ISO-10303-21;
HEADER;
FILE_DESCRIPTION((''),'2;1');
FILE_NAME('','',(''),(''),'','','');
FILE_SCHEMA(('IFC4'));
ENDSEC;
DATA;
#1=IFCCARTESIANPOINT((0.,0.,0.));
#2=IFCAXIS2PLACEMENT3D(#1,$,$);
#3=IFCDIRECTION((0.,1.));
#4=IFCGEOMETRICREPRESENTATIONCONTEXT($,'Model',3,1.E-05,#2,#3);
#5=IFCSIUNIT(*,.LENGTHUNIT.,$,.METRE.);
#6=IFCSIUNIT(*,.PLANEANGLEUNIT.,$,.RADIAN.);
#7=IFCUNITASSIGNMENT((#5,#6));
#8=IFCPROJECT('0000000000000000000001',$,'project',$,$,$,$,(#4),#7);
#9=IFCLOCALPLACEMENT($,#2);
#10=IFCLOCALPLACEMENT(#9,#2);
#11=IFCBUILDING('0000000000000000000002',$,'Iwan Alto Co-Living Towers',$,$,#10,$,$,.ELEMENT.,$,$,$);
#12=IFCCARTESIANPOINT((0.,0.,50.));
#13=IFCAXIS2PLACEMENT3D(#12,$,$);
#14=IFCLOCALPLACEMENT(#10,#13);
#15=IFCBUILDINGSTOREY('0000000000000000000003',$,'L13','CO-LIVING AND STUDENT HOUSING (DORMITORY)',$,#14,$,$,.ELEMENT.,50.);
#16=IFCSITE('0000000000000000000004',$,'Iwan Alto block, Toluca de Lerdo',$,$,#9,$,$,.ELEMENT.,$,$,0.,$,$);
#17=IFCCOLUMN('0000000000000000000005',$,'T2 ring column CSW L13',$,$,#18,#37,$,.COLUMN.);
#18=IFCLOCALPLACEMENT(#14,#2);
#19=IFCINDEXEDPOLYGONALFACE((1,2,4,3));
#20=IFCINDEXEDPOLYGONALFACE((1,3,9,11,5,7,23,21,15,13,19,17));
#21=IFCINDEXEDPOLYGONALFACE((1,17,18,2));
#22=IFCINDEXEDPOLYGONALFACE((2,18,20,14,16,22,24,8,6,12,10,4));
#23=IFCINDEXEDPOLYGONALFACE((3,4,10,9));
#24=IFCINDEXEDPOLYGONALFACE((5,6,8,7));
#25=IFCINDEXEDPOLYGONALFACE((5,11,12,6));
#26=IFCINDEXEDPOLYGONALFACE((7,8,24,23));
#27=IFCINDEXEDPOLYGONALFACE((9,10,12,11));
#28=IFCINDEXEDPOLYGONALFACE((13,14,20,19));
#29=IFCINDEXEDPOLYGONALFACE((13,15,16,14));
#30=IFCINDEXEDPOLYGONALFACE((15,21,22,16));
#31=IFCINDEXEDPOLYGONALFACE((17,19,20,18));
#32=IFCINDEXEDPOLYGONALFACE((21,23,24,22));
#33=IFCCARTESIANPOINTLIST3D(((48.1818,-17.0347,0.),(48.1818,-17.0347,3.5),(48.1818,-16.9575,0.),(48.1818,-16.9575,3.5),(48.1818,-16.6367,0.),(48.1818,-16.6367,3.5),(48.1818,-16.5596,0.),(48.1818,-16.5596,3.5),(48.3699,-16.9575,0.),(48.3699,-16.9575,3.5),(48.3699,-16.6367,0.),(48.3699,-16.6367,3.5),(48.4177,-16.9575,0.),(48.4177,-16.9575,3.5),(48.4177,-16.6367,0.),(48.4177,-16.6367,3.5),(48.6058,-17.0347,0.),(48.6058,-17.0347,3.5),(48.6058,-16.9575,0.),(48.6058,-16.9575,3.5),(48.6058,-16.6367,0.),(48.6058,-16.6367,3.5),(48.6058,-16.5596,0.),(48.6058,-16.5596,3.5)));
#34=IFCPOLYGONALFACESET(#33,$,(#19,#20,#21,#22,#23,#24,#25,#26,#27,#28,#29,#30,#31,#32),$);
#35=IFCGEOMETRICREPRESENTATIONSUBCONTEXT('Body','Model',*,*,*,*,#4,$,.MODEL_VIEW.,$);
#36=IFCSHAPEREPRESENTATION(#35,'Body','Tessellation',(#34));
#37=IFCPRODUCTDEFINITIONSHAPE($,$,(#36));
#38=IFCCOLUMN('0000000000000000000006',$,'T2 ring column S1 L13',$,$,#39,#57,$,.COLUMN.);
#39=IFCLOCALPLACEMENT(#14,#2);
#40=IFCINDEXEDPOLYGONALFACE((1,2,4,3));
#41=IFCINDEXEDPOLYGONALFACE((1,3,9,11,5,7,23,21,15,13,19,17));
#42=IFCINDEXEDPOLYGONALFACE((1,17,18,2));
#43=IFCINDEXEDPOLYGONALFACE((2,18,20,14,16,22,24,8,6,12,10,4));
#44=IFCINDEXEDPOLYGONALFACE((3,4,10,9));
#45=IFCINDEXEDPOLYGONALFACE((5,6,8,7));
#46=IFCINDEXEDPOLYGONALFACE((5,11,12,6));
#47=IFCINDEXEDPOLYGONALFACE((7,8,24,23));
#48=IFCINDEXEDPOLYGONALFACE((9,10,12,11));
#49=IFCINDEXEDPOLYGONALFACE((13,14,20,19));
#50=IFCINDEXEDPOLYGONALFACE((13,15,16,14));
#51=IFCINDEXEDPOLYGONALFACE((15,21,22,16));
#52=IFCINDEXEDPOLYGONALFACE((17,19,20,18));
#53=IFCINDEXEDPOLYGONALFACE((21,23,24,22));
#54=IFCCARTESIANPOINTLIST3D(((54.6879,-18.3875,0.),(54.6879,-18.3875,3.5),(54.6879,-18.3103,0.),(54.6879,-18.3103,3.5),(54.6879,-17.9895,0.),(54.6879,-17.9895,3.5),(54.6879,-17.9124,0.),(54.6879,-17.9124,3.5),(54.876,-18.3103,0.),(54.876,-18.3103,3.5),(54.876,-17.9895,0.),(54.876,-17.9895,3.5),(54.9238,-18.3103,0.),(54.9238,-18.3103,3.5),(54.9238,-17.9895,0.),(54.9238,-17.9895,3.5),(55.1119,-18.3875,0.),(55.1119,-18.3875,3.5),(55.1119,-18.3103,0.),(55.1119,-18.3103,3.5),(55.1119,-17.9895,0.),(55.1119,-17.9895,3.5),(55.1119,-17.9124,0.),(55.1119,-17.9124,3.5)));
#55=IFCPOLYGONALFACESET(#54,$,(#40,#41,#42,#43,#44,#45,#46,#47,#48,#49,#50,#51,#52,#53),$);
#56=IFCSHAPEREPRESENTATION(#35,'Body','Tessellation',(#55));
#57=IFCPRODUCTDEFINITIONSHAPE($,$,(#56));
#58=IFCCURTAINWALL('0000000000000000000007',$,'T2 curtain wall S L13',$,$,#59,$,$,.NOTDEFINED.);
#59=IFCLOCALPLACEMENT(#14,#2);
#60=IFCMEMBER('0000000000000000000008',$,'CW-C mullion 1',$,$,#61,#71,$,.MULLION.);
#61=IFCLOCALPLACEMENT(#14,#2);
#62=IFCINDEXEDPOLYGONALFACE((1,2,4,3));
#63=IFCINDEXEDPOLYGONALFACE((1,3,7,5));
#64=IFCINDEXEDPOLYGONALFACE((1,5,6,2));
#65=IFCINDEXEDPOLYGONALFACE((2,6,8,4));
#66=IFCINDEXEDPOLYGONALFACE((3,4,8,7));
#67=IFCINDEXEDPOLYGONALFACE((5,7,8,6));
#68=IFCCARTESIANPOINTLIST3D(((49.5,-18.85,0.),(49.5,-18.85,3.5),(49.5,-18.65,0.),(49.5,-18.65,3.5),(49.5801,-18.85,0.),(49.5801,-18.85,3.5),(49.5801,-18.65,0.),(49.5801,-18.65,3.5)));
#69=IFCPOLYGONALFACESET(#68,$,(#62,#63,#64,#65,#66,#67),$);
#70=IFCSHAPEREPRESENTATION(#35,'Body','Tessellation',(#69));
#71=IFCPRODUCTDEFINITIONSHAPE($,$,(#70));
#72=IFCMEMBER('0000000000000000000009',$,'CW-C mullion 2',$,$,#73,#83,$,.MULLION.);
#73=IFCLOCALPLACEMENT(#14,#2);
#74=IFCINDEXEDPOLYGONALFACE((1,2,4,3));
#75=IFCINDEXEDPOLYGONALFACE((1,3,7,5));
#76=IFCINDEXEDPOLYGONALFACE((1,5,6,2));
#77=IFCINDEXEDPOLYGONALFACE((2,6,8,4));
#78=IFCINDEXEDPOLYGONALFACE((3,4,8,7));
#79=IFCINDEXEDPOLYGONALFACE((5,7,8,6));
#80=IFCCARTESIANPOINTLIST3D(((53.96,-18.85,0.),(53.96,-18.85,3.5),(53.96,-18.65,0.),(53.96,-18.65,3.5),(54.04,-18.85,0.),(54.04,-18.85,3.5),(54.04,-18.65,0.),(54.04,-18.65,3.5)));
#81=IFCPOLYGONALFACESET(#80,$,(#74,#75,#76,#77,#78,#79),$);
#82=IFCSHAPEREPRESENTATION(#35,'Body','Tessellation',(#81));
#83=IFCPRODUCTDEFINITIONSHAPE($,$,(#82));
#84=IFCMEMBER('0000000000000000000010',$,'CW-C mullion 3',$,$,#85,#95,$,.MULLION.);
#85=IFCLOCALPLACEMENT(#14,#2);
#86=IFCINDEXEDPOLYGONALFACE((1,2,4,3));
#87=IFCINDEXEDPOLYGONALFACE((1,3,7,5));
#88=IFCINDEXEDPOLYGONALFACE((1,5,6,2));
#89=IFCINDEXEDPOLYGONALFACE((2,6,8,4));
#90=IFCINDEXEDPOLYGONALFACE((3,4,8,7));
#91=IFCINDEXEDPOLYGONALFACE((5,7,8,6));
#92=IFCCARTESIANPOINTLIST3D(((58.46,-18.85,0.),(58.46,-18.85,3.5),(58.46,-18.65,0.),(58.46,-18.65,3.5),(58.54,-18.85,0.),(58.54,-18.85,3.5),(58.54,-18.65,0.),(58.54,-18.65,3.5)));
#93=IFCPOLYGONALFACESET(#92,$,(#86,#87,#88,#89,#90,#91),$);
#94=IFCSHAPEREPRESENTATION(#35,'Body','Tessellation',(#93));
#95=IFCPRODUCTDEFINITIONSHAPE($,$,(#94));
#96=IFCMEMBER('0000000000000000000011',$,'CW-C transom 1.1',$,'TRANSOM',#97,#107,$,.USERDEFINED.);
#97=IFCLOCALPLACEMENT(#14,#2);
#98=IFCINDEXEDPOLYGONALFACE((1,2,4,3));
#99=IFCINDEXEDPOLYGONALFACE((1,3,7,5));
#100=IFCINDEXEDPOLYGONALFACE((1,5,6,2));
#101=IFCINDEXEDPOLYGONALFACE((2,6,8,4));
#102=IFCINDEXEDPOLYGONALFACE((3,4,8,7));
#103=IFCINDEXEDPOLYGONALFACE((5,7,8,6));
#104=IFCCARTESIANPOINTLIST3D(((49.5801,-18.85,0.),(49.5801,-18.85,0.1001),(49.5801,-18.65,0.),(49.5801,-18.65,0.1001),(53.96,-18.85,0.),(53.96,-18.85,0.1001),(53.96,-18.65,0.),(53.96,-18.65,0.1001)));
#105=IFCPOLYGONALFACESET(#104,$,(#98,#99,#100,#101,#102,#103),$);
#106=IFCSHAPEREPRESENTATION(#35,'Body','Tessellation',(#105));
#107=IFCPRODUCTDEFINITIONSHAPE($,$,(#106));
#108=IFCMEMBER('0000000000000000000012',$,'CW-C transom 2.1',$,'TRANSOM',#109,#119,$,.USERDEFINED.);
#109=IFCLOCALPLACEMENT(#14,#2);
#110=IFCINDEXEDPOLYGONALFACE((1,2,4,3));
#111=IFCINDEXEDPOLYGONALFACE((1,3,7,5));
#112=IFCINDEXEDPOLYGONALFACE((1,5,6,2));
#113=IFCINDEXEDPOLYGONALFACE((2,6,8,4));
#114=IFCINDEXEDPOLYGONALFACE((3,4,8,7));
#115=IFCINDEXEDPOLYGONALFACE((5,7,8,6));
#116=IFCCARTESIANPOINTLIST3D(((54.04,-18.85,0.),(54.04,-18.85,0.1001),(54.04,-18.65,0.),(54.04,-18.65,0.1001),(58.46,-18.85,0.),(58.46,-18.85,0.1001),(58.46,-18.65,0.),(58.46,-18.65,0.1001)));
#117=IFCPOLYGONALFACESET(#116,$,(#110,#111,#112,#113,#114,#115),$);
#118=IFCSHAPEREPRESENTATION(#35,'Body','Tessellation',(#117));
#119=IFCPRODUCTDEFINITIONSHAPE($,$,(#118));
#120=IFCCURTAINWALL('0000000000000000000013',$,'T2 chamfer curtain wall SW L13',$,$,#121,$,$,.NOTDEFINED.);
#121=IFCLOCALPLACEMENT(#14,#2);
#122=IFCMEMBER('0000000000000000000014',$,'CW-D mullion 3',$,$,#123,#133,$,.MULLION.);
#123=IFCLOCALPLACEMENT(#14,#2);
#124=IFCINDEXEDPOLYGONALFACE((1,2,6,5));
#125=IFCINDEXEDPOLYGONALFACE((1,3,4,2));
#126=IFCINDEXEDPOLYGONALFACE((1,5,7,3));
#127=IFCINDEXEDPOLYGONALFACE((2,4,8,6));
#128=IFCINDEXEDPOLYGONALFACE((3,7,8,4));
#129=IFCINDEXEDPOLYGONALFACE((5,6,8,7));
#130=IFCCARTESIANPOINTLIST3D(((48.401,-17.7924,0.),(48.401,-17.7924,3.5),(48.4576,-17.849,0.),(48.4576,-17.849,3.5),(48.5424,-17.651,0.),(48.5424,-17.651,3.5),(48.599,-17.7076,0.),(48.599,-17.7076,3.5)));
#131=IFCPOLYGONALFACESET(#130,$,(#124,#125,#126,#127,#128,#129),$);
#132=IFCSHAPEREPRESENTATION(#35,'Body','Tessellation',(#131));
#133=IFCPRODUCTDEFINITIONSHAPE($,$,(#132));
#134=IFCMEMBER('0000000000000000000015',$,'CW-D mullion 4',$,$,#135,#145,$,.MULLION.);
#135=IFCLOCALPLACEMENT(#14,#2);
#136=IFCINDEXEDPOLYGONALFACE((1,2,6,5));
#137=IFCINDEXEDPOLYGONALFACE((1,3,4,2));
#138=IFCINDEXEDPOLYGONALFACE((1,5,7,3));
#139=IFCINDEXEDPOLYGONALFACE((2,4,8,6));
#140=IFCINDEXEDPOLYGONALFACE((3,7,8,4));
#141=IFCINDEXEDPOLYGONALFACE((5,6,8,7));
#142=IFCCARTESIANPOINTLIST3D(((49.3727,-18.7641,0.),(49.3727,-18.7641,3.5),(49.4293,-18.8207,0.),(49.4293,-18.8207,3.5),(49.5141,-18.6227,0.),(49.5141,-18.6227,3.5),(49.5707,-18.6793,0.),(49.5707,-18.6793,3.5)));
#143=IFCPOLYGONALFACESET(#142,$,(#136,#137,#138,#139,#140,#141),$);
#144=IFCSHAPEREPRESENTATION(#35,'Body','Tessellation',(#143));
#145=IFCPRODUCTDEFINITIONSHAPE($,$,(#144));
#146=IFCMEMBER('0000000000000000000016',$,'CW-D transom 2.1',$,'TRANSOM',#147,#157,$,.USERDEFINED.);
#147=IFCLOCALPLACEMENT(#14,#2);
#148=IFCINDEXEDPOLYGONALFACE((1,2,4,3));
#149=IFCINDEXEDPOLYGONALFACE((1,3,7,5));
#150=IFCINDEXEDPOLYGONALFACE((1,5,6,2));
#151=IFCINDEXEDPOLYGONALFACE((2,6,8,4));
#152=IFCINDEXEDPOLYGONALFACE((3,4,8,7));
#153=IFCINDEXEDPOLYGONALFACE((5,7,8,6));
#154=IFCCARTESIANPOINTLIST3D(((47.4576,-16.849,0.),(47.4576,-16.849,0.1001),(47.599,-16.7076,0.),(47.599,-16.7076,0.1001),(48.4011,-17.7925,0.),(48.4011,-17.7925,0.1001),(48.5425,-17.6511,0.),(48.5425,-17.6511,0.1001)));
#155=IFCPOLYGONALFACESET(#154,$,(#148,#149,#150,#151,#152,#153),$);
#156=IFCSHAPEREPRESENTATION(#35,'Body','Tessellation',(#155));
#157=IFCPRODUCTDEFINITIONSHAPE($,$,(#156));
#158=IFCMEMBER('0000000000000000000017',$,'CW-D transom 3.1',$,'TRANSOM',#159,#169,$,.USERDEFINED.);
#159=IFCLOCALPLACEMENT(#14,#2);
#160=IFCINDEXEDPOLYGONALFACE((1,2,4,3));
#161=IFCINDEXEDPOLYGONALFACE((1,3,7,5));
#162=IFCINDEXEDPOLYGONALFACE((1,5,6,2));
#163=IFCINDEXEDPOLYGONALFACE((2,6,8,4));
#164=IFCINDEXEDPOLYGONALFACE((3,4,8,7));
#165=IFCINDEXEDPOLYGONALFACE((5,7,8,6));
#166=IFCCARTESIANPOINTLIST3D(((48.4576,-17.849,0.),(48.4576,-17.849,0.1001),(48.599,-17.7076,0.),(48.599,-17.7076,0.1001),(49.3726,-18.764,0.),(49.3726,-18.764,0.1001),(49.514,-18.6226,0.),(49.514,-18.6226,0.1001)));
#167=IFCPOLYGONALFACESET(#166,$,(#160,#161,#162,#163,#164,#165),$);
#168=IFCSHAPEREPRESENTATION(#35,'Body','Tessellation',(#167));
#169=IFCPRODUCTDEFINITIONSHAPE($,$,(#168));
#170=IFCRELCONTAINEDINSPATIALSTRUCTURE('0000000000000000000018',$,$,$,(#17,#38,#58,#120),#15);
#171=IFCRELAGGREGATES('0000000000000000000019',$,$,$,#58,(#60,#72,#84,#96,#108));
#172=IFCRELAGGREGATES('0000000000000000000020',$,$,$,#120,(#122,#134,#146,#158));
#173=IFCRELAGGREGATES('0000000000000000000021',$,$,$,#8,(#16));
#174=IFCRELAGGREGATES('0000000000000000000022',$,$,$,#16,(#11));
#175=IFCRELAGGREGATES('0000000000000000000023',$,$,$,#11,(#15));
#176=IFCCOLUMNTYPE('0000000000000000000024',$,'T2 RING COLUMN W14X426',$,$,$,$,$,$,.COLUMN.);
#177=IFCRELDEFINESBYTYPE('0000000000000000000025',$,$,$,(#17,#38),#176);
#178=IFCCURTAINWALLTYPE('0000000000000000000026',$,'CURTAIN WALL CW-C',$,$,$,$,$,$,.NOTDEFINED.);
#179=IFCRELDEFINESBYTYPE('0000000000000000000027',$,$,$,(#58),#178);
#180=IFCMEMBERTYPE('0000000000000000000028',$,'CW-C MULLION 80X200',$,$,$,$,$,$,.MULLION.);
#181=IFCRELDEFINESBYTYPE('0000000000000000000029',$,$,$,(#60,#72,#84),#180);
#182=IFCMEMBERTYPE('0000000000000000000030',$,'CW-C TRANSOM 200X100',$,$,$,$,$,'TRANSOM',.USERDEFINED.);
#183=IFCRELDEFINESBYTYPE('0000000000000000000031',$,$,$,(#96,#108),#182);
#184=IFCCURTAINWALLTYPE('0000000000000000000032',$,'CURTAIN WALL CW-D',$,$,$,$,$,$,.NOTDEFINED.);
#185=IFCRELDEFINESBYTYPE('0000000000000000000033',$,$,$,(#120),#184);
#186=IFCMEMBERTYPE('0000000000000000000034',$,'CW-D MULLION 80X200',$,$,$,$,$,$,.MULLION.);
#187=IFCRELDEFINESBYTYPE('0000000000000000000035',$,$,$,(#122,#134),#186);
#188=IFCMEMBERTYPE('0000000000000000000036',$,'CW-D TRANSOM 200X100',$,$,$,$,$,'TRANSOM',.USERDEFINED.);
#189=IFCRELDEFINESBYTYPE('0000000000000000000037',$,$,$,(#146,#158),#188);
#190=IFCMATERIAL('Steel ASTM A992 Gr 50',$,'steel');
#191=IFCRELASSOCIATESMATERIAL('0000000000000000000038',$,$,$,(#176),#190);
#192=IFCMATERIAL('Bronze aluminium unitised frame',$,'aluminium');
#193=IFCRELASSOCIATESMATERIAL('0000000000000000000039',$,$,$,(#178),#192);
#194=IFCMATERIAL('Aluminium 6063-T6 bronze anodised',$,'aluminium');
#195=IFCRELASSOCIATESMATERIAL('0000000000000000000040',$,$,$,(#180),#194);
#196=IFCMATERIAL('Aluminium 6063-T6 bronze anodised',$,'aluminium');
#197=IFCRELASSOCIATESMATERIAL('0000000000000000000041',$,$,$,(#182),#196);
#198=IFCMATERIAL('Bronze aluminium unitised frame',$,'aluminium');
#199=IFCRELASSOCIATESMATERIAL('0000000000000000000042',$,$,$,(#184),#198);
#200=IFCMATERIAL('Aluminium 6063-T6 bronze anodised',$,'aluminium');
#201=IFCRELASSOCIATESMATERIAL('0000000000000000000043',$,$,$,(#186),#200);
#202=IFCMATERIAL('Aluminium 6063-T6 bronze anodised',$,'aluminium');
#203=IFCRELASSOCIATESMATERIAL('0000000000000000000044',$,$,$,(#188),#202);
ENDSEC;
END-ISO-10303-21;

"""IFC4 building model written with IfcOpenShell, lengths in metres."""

from ifc_helpers import new_model, si_unit, direction, frame, origin, origin_2d, place, context, subcontext, project, spatial, rectangle, i_section, extrude, material, material_profile, profile_set, type_object, element, aggregate, save


model = new_model("IFC4")

# Units and contexts
model_context = context("Model", 3, precision=1e-05, world=origin(), true_north=direction((0.0, 1.0)))
body_context = subcontext(model_context, "Body", "Model", "MODEL_VIEW")
ifc_project = project(units=[si_unit("LENGTHUNIT", "METRE"), si_unit("PLANEANGLEUNIT", "RADIAN")], contexts=[model_context])

# Site, building, storey
site_placement = place(None, origin())
site = spatial("IfcSite", under=ifc_project, at=site_placement, Name="Iwan Alto block, Toluca de Lerdo", CompositionType="ELEMENT", RefElevation=0.0)
building_placement = place(site_placement, origin())
building = spatial("IfcBuilding", under=site, at=building_placement, Name="Iwan Alto Co-Living Towers", CompositionType="ELEMENT")
storey_placement = place(building_placement, frame((0.0, 0.0, 50.0)))
storey = spatial("IfcBuildingStorey", under=building, at=storey_placement, Name="L13", Description="CO-LIVING AND STUDENT HOUSING (DORMITORY)", CompositionType="ELEMENT", Elevation=50.0)

# Columns
ifc_material_1 = material(Name="Steel ASTM A992 Gr 50", Category="steel")
ifc_material_profile_1 = material_profile(ifc_material_1, i_section(OverallWidth=0.4241, OverallDepth=0.4751, WebThickness=0.0479, FlangeThickness=0.0771, at=origin_2d()), Name="W14X426")
ifc_profile_set_1 = profile_set([ifc_material_profile_1], Name="Steel ASTM A992 Gr 50")
column_type = type_object("IfcColumnType", Name="T2 RING COLUMN W14X426", PredefinedType="COLUMN", material=ifc_profile_set_1)
for number, where, z_axis, x_axis, name in (
    (1, (48.3938, -16.7971, 0.0), (0.0, 0.0, 1.0), (1.0, 0.0, 0.0), "T2 ring column CSW L13"),
    (2, (54.8999, -18.1499, 0.0), (0.0, 0.0, 1.0), (1.0, 0.0, 0.0), "T2 ring column S1 L13"),
):
    element("IfcColumn", number, at=place(storey_placement, frame(where, z_axis=z_axis, x_axis=x_axis)), inside=storey, type_object=column_type, Name=name, PredefinedType="COLUMN", context=body_context, shape_type="SweptSolid", body=[
        extrude(i_section(OverallWidth=0.4241, OverallDepth=0.4751, WebThickness=0.0479, FlangeThickness=0.0771, at=origin_2d()), origin(), (0.0, 0.0, 1.0), 3.5),
    ])

# Curtain walls, members
ifc_material_2 = material(Name="Bronze aluminium unitised frame", Category="aluminium")
curtain_wall_type_1 = type_object("IfcCurtainWallType", Name="CURTAIN WALL CW-C", PredefinedType="NOTDEFINED", material=ifc_material_2)
curtain_wall_1_placement = place(storey_placement, origin())
curtain_wall_1 = element("IfcCurtainWall", 3, at=curtain_wall_1_placement, inside=storey, type_object=curtain_wall_type_1, Name="T2 curtain wall S L13", PredefinedType="NOTDEFINED")
ifc_material_3 = material(Name="Aluminium 6063-T6 bronze anodised", Category="aluminium")
ifc_material_profile_2 = material_profile(ifc_material_3, rectangle(XDim=0.2, YDim=0.0801, at=origin_2d()), Name="AL 80X200")
ifc_profile_set_2 = profile_set([ifc_material_profile_2], Name="Aluminium 6063-T6 bronze anodised")
member_type_1 = type_object("IfcMemberType", Name="CW-C MULLION 80X200", PredefinedType="MULLION", material=ifc_profile_set_2)
member_1_placement = place(storey_placement, frame((49.54, -18.75, 0.0), z_axis=(0.0, 0.0, 1.0), x_axis=(0.0, 1.0, 0.0)))
member_1 = element("IfcMember", 4, at=member_1_placement, type_object=member_type_1, Name="CW-C mullion 1", PredefinedType="MULLION", context=body_context, shape_type="SweptSolid", body=[
    extrude(rectangle(XDim=0.2, YDim=0.0801, at=origin_2d()), origin(), (0.0, 0.0, 1.0), 3.5),
])
member_2_placement = place(storey_placement, frame((54.0, -18.75, 0.0), z_axis=(0.0, 0.0, 1.0), x_axis=(0.0, 1.0, 0.0)))
member_2 = element("IfcMember", 5, at=member_2_placement, type_object=member_type_1, Name="CW-C mullion 2", PredefinedType="MULLION", context=body_context, shape_type="SweptSolid", body=[
    extrude(rectangle(XDim=0.2, YDim=0.0801, at=origin_2d()), origin(), (0.0, 0.0, 1.0), 3.5),
])
member_3_placement = place(storey_placement, frame((58.5, -18.75, 0.0), z_axis=(0.0, 0.0, 1.0), x_axis=(0.0, 1.0, 0.0)))
member_3 = element("IfcMember", 6, at=member_3_placement, type_object=member_type_1, Name="CW-C mullion 3", PredefinedType="MULLION", context=body_context, shape_type="SweptSolid", body=[
    extrude(rectangle(XDim=0.2, YDim=0.0801, at=origin_2d()), origin(), (0.0, 0.0, 1.0), 3.5),
])
ifc_material_4 = material(Name="Aluminium 6063-T6 bronze anodised", Category="aluminium")
ifc_material_profile_3 = material_profile(ifc_material_4, rectangle(XDim=0.2, YDim=0.1001, at=origin_2d()), Name="AL 200X100")
ifc_profile_set_3 = profile_set([ifc_material_profile_3], Name="Aluminium 6063-T6 bronze anodised")
member_type_2 = type_object("IfcMemberType", Name="CW-C TRANSOM 200X100", ElementType="TRANSOM", PredefinedType="USERDEFINED", material=ifc_profile_set_3)
member_4_placement = place(storey_placement, frame((49.5801, -18.75, 0.05), z_axis=(1.0, 0.0, 0.0), x_axis=(0.0, 1.0, 0.0)))
member_4 = element("IfcMember", 7, at=member_4_placement, type_object=member_type_2, Name="CW-C transom 1.1", ObjectType="TRANSOM", PredefinedType="USERDEFINED", context=body_context, shape_type="SweptSolid", body=[
    extrude(rectangle(XDim=0.2, YDim=0.1001, at=origin_2d()), origin(), (0.0, 0.0, 1.0), 4.3799),
])
member_5_placement = place(storey_placement, frame((54.04, -18.75, 0.05), z_axis=(1.0, 0.0, 0.0), x_axis=(0.0, 1.0, 0.0)))
member_5 = element("IfcMember", 8, at=member_5_placement, type_object=member_type_2, Name="CW-C transom 2.1", ObjectType="TRANSOM", PredefinedType="USERDEFINED", context=body_context, shape_type="SweptSolid", body=[
    extrude(rectangle(XDim=0.2, YDim=0.1001, at=origin_2d()), origin(), (0.0, 0.0, 1.0), 4.4199),
])
ifc_material_5 = material(Name="Bronze aluminium unitised frame", Category="aluminium")
curtain_wall_type_2 = type_object("IfcCurtainWallType", Name="CURTAIN WALL CW-D", PredefinedType="NOTDEFINED", material=ifc_material_5)
curtain_wall_2_placement = place(storey_placement, origin())
curtain_wall_2 = element("IfcCurtainWall", 9, at=curtain_wall_2_placement, inside=storey, type_object=curtain_wall_type_2, Name="T2 chamfer curtain wall SW L13", PredefinedType="NOTDEFINED")
ifc_material_6 = material(Name="Aluminium 6063-T6 bronze anodised", Category="aluminium")
ifc_material_profile_4 = material_profile(ifc_material_6, rectangle(XDim=0.2, YDim=0.0801, at=origin_2d()), Name="AL 80X200")
ifc_profile_set_4 = profile_set([ifc_material_profile_4], Name="Aluminium 6063-T6 bronze anodised")
member_type_3 = type_object("IfcMemberType", Name="CW-D MULLION 80X200", PredefinedType="MULLION", material=ifc_profile_set_4)
member_6_placement = place(storey_placement, frame((48.5, -17.75, 0.0), z_axis=(0.0, 0.0, 1.0), x_axis=(0.707107, 0.707107, 0.0)))
member_6 = element("IfcMember", 10, at=member_6_placement, type_object=member_type_3, Name="CW-D mullion 3", PredefinedType="MULLION", context=body_context, shape_type="SweptSolid", body=[
    extrude(rectangle(XDim=0.2, YDim=0.0801, at=origin_2d()), origin(), (0.0, 0.0, 1.0), 3.5),
])
member_7_placement = place(storey_placement, frame((49.4717, -18.7217, 0.0), z_axis=(0.0, 0.0, 1.0), x_axis=(0.707107, 0.707107, 0.0)))
member_7 = element("IfcMember", 11, at=member_7_placement, type_object=member_type_3, Name="CW-D mullion 4", PredefinedType="MULLION", context=body_context, shape_type="SweptSolid", body=[
    extrude(rectangle(XDim=0.2, YDim=0.0801, at=origin_2d()), origin(), (0.0, 0.0, 1.0), 3.5),
])
ifc_material_7 = material(Name="Aluminium 6063-T6 bronze anodised", Category="aluminium")
ifc_material_profile_5 = material_profile(ifc_material_7, rectangle(XDim=0.2, YDim=0.1001, at=origin_2d()), Name="AL 200X100")
ifc_profile_set_5 = profile_set([ifc_material_profile_5], Name="Aluminium 6063-T6 bronze anodised")
member_type_4 = type_object("IfcMemberType", Name="CW-D TRANSOM 200X100", ElementType="TRANSOM", PredefinedType="USERDEFINED", material=ifc_profile_set_5)
member_8_placement = place(storey_placement, frame((47.5283, -16.7783, 0.05), z_axis=(0.707107, -0.707107, 0.0), x_axis=(0.707107, 0.707107, 0.0)))
member_8 = element("IfcMember", 12, at=member_8_placement, type_object=member_type_4, Name="CW-D transom 2.1", ObjectType="TRANSOM", PredefinedType="USERDEFINED", context=body_context, shape_type="SweptSolid", body=[
    extrude(rectangle(XDim=0.2, YDim=0.1001, at=origin_2d()), origin(), (0.0, 0.0, 1.0), 1.3342),
])
member_9_placement = place(storey_placement, frame((48.5283, -17.7783, 0.05), z_axis=(0.707107, -0.707107, 0.0), x_axis=(0.707107, 0.707107, 0.0)))
member_9 = element("IfcMember", 13, at=member_9_placement, type_object=member_type_4, Name="CW-D transom 3.1", ObjectType="TRANSOM", PredefinedType="USERDEFINED", context=body_context, shape_type="SweptSolid", body=[
    extrude(rectangle(XDim=0.2, YDim=0.1001, at=origin_2d()), origin(), (0.0, 0.0, 1.0), 1.2939),
])

aggregate(curtain_wall_1, [member_1, member_2, member_3, member_4, member_5])
aggregate(curtain_wall_2, [member_6, member_7, member_8, member_9])

save(model, "model.ifc")
